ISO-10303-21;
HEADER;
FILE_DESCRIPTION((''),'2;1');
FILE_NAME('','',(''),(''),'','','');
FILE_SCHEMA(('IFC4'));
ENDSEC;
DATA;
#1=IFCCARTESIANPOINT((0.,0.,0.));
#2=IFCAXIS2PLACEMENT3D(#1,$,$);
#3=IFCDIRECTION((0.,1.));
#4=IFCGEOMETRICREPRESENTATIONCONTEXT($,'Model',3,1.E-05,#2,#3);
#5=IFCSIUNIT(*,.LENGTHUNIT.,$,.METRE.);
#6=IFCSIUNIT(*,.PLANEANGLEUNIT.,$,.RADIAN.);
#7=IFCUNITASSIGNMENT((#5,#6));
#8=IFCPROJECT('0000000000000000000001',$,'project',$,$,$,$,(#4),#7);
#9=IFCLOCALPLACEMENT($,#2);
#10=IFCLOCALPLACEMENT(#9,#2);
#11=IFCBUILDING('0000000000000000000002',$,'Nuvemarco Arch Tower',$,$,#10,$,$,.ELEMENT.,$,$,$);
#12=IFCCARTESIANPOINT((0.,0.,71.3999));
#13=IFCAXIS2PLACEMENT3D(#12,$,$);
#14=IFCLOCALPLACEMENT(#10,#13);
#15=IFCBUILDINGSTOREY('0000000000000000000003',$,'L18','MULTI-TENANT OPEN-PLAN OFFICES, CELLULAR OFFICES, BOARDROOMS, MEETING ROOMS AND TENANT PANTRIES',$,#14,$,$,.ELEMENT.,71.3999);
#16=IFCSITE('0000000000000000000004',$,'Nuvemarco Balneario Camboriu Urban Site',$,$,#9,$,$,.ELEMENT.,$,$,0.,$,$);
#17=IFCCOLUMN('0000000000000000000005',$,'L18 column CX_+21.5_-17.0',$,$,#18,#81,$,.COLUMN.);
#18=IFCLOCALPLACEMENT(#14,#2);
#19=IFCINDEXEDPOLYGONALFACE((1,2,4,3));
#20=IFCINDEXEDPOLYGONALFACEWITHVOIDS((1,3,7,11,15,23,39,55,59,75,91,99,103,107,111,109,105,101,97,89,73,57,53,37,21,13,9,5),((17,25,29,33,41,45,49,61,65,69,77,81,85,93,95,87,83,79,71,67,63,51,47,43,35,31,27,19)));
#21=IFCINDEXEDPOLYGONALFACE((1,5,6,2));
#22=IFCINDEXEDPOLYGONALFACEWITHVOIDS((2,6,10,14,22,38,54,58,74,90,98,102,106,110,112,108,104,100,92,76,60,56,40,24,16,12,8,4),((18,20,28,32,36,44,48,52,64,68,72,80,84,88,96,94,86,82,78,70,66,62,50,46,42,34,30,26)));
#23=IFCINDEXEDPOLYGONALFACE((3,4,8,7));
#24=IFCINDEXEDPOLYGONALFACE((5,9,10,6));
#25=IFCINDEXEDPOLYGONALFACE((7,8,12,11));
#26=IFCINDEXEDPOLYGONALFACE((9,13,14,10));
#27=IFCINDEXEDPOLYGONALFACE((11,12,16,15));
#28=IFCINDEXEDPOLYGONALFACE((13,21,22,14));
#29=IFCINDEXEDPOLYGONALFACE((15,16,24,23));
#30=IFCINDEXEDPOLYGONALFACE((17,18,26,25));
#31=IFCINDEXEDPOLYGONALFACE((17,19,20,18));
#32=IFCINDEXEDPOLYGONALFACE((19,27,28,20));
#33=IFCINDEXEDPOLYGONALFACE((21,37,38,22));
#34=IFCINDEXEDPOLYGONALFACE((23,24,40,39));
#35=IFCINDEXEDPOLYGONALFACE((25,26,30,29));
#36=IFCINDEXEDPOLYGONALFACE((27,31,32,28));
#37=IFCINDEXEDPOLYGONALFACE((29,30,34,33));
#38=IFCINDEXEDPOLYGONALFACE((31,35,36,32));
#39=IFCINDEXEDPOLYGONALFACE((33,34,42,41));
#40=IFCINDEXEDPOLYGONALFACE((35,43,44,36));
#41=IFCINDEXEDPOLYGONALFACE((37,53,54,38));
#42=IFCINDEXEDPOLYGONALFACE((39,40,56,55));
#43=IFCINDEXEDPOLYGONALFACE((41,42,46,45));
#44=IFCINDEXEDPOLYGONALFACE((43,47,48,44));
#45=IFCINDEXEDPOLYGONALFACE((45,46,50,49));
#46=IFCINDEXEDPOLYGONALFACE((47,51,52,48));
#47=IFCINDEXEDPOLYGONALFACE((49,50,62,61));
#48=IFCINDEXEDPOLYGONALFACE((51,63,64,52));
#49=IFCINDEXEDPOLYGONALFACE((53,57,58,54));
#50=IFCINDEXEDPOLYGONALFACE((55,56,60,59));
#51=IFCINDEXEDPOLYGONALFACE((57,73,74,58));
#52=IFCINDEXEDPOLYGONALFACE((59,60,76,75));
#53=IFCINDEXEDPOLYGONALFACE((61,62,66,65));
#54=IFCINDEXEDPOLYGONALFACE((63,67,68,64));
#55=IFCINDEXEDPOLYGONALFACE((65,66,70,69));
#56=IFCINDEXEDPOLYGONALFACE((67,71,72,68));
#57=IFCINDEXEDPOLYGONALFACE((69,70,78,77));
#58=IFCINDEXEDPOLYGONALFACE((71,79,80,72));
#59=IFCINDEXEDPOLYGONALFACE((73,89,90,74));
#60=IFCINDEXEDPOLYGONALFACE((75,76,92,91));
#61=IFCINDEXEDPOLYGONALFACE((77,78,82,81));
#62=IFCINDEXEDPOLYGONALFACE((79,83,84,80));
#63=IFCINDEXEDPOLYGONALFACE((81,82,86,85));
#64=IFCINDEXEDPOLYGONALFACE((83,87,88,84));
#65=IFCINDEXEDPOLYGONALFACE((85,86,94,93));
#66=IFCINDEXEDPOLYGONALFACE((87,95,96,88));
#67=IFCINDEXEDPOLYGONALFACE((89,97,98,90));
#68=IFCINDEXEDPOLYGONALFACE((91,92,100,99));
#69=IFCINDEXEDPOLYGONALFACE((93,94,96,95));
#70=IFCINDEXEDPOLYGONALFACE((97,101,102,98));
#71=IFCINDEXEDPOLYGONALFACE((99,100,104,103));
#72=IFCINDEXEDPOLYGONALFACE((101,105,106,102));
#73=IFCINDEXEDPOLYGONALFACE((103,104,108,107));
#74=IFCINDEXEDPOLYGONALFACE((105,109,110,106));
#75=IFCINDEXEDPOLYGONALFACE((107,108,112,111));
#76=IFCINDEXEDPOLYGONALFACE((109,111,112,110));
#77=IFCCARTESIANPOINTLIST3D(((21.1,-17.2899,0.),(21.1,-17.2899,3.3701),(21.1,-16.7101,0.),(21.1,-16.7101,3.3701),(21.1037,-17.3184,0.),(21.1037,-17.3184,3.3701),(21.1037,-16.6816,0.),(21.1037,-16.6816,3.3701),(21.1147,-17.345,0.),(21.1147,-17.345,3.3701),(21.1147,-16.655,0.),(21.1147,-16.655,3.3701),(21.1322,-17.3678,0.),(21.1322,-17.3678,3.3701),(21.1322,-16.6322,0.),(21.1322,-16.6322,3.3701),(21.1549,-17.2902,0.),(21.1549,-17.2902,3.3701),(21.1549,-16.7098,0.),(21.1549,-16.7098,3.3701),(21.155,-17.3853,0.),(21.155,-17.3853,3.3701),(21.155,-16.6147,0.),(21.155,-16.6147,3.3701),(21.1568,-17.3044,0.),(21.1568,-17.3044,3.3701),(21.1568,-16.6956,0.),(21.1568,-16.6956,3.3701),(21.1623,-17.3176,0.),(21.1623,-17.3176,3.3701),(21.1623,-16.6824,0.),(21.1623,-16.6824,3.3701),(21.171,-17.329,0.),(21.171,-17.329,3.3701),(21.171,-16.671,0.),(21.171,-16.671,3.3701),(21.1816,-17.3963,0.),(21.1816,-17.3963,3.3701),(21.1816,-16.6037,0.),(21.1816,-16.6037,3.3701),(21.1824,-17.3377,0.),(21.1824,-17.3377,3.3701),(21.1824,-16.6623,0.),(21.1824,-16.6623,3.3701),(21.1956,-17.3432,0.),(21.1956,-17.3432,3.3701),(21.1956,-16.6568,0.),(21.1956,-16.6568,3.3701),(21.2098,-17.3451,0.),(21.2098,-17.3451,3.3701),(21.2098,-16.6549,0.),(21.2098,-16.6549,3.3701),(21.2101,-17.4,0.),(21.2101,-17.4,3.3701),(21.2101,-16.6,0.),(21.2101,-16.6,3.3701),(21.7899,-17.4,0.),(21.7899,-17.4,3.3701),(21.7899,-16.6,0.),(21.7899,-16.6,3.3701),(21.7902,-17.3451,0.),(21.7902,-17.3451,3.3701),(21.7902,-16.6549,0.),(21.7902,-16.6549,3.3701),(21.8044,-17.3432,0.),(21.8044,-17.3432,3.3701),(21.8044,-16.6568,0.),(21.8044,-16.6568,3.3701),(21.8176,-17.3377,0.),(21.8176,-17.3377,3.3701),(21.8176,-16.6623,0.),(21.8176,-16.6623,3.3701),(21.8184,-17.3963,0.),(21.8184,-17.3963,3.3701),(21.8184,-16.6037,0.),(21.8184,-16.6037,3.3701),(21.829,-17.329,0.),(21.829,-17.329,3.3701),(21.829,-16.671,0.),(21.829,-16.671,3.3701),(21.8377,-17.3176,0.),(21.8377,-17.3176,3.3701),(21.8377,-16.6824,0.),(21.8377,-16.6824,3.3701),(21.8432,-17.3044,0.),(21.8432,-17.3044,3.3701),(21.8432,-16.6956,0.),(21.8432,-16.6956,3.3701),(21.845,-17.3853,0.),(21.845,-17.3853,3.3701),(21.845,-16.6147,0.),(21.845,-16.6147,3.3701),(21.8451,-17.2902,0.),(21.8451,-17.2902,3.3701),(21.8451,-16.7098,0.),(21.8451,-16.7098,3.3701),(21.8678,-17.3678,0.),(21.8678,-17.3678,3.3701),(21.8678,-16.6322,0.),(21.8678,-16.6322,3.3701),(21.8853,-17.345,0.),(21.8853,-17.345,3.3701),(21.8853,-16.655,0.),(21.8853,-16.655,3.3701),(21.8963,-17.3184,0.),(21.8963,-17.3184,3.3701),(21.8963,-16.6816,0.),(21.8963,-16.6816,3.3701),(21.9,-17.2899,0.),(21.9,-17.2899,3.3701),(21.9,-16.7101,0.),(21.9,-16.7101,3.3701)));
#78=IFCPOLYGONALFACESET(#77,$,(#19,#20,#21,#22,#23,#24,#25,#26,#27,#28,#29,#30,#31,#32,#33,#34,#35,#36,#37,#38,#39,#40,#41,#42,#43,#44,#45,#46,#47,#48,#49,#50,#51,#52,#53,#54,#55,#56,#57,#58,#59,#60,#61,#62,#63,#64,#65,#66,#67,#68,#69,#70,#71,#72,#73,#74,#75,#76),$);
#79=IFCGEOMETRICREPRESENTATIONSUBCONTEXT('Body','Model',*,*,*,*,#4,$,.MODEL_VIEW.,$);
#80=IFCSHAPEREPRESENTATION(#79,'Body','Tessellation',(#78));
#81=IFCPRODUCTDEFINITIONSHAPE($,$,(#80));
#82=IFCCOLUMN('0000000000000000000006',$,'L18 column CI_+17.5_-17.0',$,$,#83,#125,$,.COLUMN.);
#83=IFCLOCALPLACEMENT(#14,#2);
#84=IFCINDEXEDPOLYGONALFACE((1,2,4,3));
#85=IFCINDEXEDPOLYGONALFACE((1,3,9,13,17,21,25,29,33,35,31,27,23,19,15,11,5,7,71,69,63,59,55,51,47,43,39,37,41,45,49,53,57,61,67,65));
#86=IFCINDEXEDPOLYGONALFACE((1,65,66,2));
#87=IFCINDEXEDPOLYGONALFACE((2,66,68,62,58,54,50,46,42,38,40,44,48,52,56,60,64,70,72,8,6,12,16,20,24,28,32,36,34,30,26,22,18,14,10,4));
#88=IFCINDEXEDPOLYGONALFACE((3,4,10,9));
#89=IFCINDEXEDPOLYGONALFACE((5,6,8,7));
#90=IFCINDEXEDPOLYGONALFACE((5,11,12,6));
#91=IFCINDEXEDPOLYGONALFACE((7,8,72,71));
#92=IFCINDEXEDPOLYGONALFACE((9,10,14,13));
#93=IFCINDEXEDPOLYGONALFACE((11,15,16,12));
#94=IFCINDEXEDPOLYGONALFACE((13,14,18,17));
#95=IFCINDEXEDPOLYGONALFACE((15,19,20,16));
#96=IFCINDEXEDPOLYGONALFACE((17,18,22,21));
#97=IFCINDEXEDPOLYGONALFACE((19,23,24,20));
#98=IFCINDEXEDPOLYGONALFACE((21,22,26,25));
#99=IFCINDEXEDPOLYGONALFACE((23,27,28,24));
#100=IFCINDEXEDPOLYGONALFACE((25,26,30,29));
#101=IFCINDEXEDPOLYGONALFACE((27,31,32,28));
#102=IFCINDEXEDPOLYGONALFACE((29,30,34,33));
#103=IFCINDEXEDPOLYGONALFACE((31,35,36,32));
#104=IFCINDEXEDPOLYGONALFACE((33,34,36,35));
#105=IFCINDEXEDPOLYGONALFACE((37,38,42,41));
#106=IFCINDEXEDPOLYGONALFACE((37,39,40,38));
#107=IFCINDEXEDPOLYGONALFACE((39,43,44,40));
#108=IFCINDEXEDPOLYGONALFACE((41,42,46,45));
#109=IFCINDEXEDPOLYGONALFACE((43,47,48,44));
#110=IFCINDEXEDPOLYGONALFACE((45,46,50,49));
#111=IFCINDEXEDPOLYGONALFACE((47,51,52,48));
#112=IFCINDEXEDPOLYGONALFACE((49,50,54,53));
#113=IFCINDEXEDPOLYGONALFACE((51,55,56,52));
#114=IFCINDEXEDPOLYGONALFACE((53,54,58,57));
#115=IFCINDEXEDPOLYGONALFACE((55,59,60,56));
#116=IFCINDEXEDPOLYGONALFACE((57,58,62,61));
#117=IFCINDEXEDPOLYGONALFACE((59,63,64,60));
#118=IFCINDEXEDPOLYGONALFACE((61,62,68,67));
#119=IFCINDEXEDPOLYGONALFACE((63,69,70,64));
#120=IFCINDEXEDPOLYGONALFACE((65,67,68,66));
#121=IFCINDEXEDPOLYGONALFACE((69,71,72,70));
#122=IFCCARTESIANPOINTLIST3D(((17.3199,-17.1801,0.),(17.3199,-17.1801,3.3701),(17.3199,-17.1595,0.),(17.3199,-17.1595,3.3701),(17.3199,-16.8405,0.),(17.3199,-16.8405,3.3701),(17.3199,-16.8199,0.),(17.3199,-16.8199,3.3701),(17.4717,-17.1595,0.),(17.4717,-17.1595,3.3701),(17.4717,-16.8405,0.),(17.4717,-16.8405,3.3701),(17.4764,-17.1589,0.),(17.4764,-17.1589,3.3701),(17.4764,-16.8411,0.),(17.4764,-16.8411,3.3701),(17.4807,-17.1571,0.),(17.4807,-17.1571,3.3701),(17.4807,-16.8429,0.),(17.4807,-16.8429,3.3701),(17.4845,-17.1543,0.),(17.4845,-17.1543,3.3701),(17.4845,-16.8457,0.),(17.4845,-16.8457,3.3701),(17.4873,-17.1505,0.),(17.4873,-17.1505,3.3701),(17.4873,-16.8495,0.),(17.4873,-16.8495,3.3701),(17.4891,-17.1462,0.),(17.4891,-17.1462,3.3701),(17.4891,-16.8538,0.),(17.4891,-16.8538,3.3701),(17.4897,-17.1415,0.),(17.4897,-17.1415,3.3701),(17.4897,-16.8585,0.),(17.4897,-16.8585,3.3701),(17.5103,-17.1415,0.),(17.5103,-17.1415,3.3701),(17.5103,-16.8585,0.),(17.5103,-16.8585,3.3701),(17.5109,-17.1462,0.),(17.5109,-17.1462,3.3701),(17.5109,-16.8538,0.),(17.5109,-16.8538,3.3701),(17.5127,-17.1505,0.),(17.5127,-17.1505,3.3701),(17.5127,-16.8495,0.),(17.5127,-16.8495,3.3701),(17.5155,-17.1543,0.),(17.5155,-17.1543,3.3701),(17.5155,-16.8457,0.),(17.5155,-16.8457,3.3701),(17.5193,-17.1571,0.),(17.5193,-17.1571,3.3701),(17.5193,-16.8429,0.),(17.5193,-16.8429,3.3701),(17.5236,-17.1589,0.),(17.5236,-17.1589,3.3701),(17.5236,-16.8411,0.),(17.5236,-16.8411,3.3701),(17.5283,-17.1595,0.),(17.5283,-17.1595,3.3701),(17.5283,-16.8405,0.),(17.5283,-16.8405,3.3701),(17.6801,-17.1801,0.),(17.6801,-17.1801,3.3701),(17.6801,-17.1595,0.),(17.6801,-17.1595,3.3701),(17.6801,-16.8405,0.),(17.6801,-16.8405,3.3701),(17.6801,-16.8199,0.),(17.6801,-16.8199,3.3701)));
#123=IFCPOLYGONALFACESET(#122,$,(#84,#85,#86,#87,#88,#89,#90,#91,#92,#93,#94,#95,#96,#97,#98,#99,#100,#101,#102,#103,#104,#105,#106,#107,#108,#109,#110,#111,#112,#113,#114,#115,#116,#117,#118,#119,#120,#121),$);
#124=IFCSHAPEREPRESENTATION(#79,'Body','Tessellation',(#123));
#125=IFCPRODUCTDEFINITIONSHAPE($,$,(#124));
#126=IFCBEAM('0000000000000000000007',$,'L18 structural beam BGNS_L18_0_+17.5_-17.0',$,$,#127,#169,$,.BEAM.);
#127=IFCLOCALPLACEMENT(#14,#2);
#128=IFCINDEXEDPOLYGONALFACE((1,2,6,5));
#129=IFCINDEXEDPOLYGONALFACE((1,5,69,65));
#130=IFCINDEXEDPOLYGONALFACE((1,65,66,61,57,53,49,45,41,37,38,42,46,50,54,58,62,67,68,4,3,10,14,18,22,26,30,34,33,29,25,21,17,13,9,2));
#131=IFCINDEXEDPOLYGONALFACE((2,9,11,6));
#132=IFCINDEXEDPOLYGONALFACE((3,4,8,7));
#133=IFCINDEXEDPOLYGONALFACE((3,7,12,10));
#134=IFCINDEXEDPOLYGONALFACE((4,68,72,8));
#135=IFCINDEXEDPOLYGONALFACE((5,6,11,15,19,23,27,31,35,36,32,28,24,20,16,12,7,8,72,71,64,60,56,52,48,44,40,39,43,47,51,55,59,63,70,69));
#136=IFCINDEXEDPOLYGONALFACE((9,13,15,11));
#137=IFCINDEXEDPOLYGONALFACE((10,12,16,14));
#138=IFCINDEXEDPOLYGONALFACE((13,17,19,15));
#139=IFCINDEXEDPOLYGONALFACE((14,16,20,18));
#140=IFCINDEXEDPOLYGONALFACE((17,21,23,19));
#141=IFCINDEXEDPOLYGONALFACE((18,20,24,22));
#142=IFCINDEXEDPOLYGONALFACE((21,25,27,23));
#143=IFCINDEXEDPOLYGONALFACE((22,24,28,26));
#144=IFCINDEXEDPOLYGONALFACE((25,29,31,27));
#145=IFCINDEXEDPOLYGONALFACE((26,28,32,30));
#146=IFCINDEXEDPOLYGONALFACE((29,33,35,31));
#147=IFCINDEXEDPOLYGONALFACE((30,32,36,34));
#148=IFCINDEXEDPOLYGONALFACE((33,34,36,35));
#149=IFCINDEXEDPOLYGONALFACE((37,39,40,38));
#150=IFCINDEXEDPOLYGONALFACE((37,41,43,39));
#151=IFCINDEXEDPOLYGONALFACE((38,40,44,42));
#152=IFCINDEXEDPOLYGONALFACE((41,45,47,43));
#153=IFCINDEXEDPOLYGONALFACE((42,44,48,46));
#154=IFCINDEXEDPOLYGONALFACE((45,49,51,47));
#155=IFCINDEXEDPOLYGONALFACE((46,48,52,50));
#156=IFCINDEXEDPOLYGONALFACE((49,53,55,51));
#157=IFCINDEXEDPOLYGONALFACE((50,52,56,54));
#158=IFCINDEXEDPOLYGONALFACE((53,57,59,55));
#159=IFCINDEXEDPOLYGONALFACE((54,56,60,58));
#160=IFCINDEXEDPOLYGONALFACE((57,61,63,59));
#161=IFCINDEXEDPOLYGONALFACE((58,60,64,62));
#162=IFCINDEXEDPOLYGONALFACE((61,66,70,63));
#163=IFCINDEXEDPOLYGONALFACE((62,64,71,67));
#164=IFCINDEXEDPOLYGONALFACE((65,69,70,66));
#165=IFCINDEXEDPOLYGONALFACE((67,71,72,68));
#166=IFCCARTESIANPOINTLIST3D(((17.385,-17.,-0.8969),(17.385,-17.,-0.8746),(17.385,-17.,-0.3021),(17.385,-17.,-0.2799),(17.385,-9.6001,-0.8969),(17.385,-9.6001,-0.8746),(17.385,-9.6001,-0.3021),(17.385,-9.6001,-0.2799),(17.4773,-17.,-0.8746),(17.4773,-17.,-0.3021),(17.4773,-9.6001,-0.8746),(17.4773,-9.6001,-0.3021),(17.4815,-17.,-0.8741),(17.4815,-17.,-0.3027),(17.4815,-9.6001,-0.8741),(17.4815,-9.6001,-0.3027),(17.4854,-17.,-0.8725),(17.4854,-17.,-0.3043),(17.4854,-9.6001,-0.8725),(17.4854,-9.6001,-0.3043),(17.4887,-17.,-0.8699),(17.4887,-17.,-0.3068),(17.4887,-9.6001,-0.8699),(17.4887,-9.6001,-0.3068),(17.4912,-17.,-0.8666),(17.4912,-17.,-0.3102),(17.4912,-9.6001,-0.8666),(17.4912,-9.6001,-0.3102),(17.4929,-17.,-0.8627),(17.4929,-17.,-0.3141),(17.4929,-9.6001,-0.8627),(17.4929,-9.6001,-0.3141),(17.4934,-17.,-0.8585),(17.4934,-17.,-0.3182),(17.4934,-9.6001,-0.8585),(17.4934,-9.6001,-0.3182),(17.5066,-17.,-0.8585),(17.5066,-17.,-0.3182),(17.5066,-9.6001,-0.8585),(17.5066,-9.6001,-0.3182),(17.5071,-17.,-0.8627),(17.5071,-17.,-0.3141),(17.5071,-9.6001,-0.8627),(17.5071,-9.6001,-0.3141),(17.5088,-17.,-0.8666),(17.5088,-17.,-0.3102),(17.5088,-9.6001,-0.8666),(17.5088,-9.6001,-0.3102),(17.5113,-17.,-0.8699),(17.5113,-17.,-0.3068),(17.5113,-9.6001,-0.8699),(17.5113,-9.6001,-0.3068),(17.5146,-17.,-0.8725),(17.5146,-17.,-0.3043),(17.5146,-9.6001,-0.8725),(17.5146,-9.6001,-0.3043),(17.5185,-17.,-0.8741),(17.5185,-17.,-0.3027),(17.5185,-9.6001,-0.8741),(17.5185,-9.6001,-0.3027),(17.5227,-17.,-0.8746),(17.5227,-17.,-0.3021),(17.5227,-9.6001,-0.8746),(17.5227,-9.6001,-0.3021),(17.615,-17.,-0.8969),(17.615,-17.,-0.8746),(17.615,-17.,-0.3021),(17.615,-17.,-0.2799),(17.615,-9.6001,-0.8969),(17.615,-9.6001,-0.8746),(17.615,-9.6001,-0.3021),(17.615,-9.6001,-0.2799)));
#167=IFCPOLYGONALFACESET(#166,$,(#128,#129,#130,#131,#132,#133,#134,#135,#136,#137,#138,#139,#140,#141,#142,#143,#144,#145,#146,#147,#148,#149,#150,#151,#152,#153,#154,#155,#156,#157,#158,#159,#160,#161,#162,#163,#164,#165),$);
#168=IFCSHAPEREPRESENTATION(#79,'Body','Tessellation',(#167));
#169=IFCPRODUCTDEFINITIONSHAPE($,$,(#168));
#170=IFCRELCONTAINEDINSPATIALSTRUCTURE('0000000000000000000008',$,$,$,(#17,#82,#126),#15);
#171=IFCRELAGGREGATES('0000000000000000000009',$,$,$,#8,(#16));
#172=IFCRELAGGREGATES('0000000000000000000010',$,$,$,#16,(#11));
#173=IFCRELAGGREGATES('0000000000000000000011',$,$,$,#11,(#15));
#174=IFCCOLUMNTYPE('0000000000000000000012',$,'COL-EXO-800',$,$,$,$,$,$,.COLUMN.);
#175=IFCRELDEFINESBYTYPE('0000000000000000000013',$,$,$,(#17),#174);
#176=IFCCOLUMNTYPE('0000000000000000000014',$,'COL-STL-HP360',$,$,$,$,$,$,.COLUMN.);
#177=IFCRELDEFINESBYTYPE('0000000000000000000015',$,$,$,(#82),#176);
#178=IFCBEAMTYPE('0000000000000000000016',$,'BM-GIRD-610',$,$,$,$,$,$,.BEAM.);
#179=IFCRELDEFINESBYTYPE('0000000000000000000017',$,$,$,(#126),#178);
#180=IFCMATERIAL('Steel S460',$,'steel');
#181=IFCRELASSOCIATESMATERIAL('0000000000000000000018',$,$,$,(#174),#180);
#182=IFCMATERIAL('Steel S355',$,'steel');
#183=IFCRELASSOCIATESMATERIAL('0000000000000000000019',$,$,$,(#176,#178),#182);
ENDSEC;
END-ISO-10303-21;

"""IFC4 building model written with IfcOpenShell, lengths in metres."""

from ifc_helpers import new_model, si_unit, direction, frame, origin, origin_2d, place, context, subcontext, project, spatial, hollow_rectangle, i_section, extrude, material, material_profile, profile_set, type_object, element, save


model = new_model("IFC4")

# Units and contexts
model_context = context("Model", 3, precision=1e-05, world=origin(), true_north=direction((0.0, 1.0)))
body_context = subcontext(model_context, "Body", "Model", "MODEL_VIEW")
ifc_project = project(units=[si_unit("LENGTHUNIT", "METRE"), si_unit("PLANEANGLEUNIT", "RADIAN")], contexts=[model_context])

# Site, building, storey
site_placement = place(None, origin())
site = spatial("IfcSite", under=ifc_project, at=site_placement, Name="Nuvemarco Balneario Camboriu Urban Site", CompositionType="ELEMENT", RefElevation=0.0)
building_placement = place(site_placement, origin())
building = spatial("IfcBuilding", under=site, at=building_placement, Name="Nuvemarco Arch Tower", CompositionType="ELEMENT")
storey_placement = place(building_placement, frame((0.0, 0.0, 71.3999)))
storey = spatial("IfcBuildingStorey", under=building, at=storey_placement, Name="L18", Description="MULTI-TENANT OPEN-PLAN OFFICES, CELLULAR OFFICES, BOARDROOMS, MEETING ROOMS AND TENANT PANTRIES", CompositionType="ELEMENT", Elevation=71.3999)

# Columns
ifc_material_1 = material(Name="Steel S460", Category="steel")
ifc_material_profile_1 = material_profile(ifc_material_1, hollow_rectangle(XDim=0.8, YDim=0.8, WallThickness=0.0549, InnerFilletRadius=0.0549, OuterFilletRadius=0.1101, at=origin_2d()), Name="SHS800x800x55")
ifc_profile_set_1 = profile_set([ifc_material_profile_1], Name="Steel S460")
column_type_1 = type_object("IfcColumnType", Name="COL-EXO-800", PredefinedType="COLUMN", material=ifc_profile_set_1)
column_1_placement = place(storey_placement, frame((21.5, -17.0, 0.0), z_axis=(0.0, 0.0, 1.0), x_axis=(1.0, 0.0, 0.0)))
element("IfcColumn", 1, at=column_1_placement, inside=storey, type_object=column_type_1, Name="L18 column CX_+21.5_-17.0", PredefinedType="COLUMN", context=body_context, shape_type="SweptSolid", body=[
    extrude(hollow_rectangle(XDim=0.8, YDim=0.8, WallThickness=0.0549, InnerFilletRadius=0.0549, OuterFilletRadius=0.1101, at=origin_2d()), origin(), (0.0, 0.0, 1.0), 3.3701),
])
ifc_material_2 = material(Name="Steel S355", Category="steel")
ifc_material_profile_2 = material_profile(ifc_material_2, i_section(OverallWidth=0.3601, OverallDepth=0.3601, WebThickness=0.0205, FlangeThickness=0.0205, FilletRadius=0.0181, at=origin_2d()), Name="HP360x174")
ifc_profile_set_2 = profile_set([ifc_material_profile_2], Name="Steel S355")
column_type_2 = type_object("IfcColumnType", Name="COL-STL-HP360", PredefinedType="COLUMN", material=ifc_profile_set_2)
column_2_placement = place(storey_placement, frame((17.5, -17.0, 0.0), z_axis=(0.0, 0.0, 1.0), x_axis=(1.0, 0.0, 0.0)))
element("IfcColumn", 2, at=column_2_placement, inside=storey, type_object=column_type_2, Name="L18 column CI_+17.5_-17.0", PredefinedType="COLUMN", context=body_context, shape_type="SweptSolid", body=[
    extrude(i_section(OverallWidth=0.3601, OverallDepth=0.3601, WebThickness=0.0205, FlangeThickness=0.0205, FilletRadius=0.0181, at=origin_2d()), origin(), (0.0, 0.0, 1.0), 3.3701),
])

# Beam
ifc_material_profile_3 = material_profile(ifc_material_2, i_section(OverallWidth=0.23, OverallDepth=0.6169, WebThickness=0.0132, FlangeThickness=0.0222, FilletRadius=0.0161, at=origin_2d()), Name="W610x140")
ifc_profile_set_3 = profile_set([ifc_material_profile_3], Name="Steel S355")
beam_type_1 = type_object("IfcBeamType", Name="BM-GIRD-610", PredefinedType="BEAM", material=ifc_profile_set_3)
beam_1_placement = place(storey_placement, frame((17.5, -17.0, -0.5884), z_axis=(0.0, 1.0, 0.0), x_axis=(-1.0, 0.0, 0.0)))
element("IfcBeam", 3, at=beam_1_placement, inside=storey, type_object=beam_type_1, Name="L18 structural beam BGNS_L18_0_+17.5_-17.0", PredefinedType="BEAM", context=body_context, shape_type="SweptSolid", body=[
    extrude(i_section(OverallWidth=0.23, OverallDepth=0.6169, WebThickness=0.0132, FlangeThickness=0.0222, FilletRadius=0.0161, at=origin_2d()), origin(), (0.0, 0.0, 1.0), 7.3999),
])

save(model, "model.ifc")
